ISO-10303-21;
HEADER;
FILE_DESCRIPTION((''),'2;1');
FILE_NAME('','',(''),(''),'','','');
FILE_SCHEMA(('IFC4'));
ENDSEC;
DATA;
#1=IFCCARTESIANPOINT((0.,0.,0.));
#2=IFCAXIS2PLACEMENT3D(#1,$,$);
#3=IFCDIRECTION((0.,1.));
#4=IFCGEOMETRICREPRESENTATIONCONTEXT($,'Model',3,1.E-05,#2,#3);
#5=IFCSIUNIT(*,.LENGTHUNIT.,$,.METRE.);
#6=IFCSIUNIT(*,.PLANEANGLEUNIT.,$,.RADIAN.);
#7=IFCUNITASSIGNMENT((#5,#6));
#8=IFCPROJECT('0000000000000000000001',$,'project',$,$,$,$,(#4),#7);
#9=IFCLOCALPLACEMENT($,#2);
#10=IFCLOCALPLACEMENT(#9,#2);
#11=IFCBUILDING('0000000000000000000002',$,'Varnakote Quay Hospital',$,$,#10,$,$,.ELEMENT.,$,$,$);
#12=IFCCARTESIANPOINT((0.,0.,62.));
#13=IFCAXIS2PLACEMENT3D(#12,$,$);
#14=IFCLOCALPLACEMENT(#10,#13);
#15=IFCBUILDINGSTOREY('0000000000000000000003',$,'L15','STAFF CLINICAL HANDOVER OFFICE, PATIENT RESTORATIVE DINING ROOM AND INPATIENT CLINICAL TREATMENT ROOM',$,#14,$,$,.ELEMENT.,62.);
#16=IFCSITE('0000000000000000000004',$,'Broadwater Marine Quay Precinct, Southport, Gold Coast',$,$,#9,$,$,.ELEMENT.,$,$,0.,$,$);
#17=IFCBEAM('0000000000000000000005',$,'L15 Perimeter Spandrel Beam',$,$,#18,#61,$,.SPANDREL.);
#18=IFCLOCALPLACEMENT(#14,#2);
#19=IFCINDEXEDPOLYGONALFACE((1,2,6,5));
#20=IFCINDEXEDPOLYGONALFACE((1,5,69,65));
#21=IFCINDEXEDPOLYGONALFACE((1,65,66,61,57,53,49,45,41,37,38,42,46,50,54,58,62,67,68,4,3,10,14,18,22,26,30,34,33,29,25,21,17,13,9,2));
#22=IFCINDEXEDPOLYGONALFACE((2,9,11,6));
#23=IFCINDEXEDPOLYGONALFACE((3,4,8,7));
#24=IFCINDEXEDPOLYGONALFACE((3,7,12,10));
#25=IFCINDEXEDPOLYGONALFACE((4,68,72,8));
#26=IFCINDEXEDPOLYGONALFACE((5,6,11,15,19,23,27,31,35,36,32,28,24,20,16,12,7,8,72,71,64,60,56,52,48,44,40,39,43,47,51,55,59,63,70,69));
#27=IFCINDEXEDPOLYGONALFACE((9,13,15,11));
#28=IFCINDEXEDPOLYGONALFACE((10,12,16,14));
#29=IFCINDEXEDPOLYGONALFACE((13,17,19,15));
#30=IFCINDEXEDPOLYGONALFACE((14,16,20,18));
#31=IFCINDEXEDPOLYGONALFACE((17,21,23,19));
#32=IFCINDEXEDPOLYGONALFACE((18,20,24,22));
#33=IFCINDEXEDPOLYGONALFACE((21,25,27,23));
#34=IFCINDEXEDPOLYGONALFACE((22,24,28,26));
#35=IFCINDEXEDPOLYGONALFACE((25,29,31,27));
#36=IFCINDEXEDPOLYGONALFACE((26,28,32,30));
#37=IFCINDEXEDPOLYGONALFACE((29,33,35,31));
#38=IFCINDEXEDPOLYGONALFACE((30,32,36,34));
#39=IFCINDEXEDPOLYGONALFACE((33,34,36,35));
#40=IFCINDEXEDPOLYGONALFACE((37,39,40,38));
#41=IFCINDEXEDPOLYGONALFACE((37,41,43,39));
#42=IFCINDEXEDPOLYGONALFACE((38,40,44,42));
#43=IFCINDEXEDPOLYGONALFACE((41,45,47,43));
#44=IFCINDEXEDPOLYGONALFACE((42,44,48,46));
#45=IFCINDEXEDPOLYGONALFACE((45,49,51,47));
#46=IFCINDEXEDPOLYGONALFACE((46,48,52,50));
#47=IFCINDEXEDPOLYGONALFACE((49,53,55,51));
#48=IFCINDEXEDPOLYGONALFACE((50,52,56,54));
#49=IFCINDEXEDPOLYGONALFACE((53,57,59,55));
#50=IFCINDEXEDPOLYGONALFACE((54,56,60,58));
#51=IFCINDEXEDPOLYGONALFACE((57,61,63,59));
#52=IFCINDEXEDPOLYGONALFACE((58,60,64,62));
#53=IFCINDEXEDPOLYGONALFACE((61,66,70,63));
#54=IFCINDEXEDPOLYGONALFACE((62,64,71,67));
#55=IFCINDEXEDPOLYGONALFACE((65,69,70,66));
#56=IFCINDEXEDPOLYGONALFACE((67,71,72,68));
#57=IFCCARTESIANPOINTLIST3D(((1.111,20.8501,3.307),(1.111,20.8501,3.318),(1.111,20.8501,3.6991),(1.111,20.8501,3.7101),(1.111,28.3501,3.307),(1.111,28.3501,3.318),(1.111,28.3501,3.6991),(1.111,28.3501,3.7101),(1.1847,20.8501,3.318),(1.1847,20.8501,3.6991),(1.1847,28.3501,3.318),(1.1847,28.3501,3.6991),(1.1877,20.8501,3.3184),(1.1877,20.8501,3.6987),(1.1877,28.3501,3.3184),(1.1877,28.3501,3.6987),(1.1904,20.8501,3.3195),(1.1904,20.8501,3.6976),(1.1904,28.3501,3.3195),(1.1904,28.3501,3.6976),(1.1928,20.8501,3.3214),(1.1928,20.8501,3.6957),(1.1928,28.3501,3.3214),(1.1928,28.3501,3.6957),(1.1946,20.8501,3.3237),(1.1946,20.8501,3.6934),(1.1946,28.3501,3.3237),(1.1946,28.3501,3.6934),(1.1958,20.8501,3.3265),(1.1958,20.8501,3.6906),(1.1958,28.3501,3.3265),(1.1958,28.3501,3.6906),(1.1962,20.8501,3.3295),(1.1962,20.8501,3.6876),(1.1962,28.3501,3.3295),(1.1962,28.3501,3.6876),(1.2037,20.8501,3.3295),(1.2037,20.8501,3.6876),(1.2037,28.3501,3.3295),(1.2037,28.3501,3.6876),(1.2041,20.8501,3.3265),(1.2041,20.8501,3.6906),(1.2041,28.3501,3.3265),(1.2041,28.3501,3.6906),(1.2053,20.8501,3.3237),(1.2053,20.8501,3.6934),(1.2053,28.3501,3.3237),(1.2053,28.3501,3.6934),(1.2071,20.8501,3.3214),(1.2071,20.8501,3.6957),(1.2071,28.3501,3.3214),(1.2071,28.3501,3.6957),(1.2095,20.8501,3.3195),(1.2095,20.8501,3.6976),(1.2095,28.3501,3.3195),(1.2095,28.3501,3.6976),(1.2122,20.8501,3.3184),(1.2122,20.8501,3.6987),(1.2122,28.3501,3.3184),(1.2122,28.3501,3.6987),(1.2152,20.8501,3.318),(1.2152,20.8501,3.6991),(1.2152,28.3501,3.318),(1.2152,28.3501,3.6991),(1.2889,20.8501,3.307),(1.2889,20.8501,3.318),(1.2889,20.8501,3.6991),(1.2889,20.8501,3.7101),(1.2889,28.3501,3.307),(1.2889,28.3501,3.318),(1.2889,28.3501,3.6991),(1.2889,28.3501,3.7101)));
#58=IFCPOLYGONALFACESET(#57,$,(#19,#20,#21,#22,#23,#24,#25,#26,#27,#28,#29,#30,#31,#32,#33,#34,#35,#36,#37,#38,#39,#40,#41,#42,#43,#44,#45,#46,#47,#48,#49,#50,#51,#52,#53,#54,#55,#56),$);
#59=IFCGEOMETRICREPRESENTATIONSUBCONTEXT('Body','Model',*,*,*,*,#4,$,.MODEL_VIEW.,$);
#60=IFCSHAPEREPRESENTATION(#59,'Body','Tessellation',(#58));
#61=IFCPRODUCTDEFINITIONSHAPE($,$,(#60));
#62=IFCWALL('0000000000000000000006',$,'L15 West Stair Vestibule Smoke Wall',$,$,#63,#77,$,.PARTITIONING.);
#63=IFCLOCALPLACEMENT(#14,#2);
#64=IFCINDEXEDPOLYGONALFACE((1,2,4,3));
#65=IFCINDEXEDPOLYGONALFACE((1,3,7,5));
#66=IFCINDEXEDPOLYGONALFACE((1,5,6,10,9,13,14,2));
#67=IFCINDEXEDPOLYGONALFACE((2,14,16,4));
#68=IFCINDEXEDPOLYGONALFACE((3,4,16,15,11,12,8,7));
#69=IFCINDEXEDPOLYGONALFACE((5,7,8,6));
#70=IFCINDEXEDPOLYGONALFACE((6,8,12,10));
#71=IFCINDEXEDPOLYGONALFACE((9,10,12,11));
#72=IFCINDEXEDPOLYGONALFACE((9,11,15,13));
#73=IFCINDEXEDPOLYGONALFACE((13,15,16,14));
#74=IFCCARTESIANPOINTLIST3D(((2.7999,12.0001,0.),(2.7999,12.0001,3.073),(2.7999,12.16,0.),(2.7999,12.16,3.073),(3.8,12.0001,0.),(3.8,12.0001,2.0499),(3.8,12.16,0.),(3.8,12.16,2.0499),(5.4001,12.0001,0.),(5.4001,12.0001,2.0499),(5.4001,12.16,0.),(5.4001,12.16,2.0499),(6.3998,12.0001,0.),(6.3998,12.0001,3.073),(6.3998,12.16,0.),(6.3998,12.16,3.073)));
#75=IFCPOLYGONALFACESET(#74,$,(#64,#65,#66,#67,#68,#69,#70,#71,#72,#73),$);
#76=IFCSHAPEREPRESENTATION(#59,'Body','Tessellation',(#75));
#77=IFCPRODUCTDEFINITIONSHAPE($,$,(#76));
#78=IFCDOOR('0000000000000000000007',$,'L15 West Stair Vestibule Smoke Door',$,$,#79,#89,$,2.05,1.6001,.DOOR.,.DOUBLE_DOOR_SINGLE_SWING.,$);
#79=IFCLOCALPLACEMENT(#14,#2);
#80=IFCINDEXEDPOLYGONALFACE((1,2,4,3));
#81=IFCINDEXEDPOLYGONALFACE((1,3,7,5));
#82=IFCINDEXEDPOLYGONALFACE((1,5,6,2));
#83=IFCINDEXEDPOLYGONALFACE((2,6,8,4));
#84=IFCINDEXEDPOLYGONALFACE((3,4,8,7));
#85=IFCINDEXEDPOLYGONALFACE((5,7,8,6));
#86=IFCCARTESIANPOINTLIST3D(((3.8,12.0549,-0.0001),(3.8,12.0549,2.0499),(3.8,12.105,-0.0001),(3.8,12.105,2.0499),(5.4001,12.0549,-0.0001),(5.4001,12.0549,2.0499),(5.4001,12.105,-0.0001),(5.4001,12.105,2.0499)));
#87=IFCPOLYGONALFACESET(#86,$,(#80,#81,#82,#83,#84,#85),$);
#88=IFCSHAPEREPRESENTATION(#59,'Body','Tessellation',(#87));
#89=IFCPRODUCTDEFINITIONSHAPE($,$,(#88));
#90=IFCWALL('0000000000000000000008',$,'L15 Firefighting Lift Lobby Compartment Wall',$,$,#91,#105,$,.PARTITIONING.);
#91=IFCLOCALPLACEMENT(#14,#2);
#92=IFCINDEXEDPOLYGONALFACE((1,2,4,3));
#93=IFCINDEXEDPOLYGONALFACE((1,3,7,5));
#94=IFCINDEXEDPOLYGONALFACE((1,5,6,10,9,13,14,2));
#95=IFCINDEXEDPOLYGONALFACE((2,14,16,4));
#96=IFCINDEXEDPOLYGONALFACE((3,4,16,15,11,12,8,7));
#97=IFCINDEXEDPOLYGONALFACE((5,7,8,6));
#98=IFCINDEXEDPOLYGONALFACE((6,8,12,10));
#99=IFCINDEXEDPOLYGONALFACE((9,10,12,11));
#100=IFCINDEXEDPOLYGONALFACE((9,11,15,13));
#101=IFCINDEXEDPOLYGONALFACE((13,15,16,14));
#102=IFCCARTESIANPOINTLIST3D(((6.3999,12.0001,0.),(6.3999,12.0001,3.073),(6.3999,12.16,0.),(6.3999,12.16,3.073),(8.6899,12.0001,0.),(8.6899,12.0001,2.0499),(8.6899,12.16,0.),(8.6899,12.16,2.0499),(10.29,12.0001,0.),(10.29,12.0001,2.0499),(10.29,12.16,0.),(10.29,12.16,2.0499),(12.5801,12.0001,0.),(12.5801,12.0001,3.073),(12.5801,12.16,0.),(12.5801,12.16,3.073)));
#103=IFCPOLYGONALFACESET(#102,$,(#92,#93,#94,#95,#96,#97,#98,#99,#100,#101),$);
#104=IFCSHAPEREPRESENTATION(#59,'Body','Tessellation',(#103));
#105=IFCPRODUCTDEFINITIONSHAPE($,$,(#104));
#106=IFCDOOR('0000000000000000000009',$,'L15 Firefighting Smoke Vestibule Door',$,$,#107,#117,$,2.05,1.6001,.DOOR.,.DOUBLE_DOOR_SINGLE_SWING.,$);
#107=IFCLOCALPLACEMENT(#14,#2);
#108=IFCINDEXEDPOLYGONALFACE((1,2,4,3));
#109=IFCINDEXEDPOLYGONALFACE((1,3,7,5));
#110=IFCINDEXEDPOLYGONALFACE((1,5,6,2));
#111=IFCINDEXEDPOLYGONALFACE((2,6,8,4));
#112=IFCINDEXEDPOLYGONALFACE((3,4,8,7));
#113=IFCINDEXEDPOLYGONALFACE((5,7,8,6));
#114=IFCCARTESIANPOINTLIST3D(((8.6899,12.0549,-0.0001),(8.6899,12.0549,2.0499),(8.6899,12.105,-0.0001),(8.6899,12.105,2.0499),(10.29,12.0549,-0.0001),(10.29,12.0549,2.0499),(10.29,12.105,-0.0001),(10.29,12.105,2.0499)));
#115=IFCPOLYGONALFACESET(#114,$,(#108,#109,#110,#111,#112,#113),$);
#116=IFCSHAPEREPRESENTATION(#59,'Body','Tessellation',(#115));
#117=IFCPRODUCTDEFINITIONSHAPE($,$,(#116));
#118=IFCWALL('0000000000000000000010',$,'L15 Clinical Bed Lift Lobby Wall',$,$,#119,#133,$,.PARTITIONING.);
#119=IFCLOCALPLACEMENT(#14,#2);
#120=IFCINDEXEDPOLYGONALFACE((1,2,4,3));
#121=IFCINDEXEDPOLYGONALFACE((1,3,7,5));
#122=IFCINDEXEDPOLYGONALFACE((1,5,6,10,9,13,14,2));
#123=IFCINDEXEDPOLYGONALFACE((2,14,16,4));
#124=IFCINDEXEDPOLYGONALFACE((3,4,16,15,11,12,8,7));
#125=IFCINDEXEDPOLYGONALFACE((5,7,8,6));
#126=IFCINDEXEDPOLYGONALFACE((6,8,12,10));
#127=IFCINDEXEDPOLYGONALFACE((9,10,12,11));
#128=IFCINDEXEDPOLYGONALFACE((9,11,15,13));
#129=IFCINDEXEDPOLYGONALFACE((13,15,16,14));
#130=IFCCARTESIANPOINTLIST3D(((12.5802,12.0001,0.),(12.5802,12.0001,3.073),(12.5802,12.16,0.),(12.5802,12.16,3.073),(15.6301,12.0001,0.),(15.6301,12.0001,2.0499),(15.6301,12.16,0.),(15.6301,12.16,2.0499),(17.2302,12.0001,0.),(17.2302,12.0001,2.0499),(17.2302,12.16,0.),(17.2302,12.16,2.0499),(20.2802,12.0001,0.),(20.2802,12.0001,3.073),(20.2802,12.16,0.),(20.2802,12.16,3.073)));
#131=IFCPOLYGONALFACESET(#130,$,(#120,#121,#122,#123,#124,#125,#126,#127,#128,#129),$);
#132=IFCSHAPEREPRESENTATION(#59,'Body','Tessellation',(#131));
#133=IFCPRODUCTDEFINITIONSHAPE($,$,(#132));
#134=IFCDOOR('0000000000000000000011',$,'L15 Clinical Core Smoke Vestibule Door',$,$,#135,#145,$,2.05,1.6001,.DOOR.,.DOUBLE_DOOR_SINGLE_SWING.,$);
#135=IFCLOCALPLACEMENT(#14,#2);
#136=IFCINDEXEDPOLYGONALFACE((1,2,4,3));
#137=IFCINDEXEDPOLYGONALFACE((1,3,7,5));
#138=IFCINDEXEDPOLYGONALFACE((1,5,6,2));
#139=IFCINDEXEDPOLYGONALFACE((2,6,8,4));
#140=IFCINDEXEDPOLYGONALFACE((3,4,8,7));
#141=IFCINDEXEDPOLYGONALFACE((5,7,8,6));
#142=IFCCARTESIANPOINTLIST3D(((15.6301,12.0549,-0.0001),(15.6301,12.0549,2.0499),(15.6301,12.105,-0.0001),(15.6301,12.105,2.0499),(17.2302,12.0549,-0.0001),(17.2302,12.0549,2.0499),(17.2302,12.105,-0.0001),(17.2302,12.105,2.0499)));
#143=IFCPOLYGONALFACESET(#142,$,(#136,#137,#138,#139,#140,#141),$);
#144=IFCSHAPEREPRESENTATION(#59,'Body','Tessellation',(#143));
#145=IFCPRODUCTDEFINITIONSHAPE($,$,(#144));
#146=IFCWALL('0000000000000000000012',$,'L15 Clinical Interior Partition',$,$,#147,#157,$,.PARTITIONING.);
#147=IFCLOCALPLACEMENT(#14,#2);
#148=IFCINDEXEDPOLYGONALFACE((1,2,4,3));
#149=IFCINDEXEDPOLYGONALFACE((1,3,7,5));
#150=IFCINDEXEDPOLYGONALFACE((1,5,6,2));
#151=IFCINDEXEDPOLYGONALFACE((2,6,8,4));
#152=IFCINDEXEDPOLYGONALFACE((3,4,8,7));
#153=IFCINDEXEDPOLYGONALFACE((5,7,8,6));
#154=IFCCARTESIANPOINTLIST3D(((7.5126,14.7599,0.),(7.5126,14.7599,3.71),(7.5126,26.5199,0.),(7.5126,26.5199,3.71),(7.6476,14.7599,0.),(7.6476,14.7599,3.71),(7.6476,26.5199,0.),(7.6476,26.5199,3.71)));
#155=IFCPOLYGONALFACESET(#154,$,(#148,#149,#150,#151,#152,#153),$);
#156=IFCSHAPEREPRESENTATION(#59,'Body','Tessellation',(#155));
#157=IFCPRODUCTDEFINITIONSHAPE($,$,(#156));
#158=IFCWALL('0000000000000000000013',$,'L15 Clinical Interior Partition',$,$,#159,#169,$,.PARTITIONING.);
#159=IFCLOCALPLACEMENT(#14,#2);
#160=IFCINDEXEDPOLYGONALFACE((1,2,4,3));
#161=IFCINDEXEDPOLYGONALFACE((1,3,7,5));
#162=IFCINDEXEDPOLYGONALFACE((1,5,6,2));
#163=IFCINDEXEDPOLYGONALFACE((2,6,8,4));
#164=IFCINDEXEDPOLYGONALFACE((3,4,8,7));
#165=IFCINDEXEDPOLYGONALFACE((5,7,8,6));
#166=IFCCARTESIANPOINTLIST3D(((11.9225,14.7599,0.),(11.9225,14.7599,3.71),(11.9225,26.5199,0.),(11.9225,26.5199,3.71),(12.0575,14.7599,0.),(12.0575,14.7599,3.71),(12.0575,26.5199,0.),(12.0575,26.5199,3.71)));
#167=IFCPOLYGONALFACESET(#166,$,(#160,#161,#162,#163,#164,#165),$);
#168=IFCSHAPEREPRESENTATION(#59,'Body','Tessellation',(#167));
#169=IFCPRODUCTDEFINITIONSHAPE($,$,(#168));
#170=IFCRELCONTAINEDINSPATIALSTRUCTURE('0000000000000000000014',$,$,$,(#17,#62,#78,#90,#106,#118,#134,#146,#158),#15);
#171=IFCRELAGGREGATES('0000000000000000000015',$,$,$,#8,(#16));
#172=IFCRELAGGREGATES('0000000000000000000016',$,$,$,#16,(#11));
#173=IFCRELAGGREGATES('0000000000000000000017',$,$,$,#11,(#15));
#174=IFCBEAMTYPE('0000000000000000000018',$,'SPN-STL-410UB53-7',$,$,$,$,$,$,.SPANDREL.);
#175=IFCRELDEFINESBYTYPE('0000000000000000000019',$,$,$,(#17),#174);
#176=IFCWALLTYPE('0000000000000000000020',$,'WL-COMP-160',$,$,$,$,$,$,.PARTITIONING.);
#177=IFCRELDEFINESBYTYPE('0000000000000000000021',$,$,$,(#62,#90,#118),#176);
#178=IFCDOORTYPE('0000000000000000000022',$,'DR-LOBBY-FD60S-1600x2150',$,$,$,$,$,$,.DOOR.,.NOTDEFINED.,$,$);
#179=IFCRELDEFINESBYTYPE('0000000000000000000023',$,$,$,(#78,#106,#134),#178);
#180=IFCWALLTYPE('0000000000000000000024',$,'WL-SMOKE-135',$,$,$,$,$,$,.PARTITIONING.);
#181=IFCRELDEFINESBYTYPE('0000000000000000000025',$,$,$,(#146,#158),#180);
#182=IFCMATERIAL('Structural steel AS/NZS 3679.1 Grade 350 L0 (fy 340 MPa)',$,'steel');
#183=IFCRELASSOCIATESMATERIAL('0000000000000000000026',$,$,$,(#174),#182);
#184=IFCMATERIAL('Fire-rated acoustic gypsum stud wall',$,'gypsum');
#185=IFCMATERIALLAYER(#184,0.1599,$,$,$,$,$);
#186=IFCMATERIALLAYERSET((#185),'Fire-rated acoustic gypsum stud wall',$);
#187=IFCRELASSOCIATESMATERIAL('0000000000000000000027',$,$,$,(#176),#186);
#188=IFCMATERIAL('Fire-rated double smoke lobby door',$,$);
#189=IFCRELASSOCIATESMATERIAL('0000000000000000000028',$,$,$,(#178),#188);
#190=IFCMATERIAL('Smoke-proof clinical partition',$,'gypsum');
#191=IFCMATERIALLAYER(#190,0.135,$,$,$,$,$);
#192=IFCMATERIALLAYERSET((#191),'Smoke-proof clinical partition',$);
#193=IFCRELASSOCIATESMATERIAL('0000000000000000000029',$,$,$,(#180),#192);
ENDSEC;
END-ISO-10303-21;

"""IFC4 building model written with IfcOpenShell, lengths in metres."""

from ifc_helpers import new_model, si_unit, direction, frame, frame_2d, origin, origin_2d, place, context, subcontext, project, spatial, rectangle, i_section, extrude, material, layer, layer_set, material_profile, profile_set, type_object, element, fill, save


model = new_model("IFC4")

# Units and contexts
model_context = context("Model", 3, precision=1e-05, world=origin(), true_north=direction((0.0, 1.0)))
body_context = subcontext(model_context, "Body", "Model", "MODEL_VIEW")
ifc_project = project(units=[si_unit("LENGTHUNIT", "METRE"), si_unit("PLANEANGLEUNIT", "RADIAN")], contexts=[model_context])

# Site, building, storey
site_placement = place(None, origin())
site = spatial("IfcSite", under=ifc_project, at=site_placement, Name="Broadwater Marine Quay Precinct, Southport, Gold Coast", CompositionType="ELEMENT", RefElevation=0.0)
building_placement = place(site_placement, origin())
building = spatial("IfcBuilding", under=site, at=building_placement, Name="Varnakote Quay Hospital", CompositionType="ELEMENT")
storey_placement = place(building_placement, frame((0.0, 0.0, 62.0)))
storey = spatial("IfcBuildingStorey", under=building, at=storey_placement, Name="L15", Description="STAFF CLINICAL HANDOVER OFFICE, PATIENT RESTORATIVE DINING ROOM AND INPATIENT CLINICAL TREATMENT ROOM", CompositionType="ELEMENT", Elevation=62.0)

# Beam
ifc_material_1 = material(Name="Structural steel AS/NZS 3679.1 Grade 350 L0 (fy 340 MPa)", Category="steel")
ifc_material_profile_1 = material_profile(ifc_material_1, i_section(OverallWidth=0.178, OverallDepth=0.4031, WebThickness=0.0076, FlangeThickness=0.011, FilletRadius=0.0115, at=origin_2d()), Name="410UB53.7")
ifc_profile_set_1 = profile_set([ifc_material_profile_1], Name="Structural steel AS/NZS 3679.1 Grade 350 L0 (fy 340 MPa)")
beam_type_1 = type_object("IfcBeamType", Name="SPN-STL-410UB53-7", PredefinedType="SPANDREL", material=ifc_profile_set_1)
beam_1_placement = place(storey_placement, frame((1.2, 20.8501, 3.5085), z_axis=(0.0, 1.0, 0.0), x_axis=(-1.0, 0.0, 0.0)))
element("IfcBeam", 1, at=beam_1_placement, inside=storey, type_object=beam_type_1, Name="L15 Perimeter Spandrel Beam", PredefinedType="SPANDREL", context=body_context, shape_type="SweptSolid", body=[
    extrude(i_section(OverallWidth=0.178, OverallDepth=0.4031, WebThickness=0.0076, FlangeThickness=0.011, FilletRadius=0.0115, at=origin_2d()), origin(), (0.0, 0.0, 1.0), 7.5),
])

# Walls, openings, doors
ifc_material_2 = material(Name="Fire-rated acoustic gypsum stud wall", Category="gypsum")
ifc_layer_1 = layer(ifc_material_2, 0.1599)
ifc_layer_set_1 = layer_set([ifc_layer_1], Name="Fire-rated acoustic gypsum stud wall")
wall_type_1 = type_object("IfcWallType", Name="WL-COMP-160", PredefinedType="PARTITIONING", material=ifc_layer_set_1)
wall_1_placement = place(storey_placement, frame((2.8, 12.0801, 0.0), z_axis=(0.0, 0.0, 1.0), x_axis=(1.0, 0.0, 0.0)))
wall_1 = element("IfcWall", 2, at=wall_1_placement, inside=storey, type_object=wall_type_1, Name="L15 West Stair Vestibule Smoke Wall", PredefinedType="PARTITIONING", context=body_context, shape_type="SweptSolid", body=[
    extrude(rectangle(XDim=3.5999, YDim=0.1599, at=frame_2d((1.7998, 0.0))), origin(), (0.0, 0.0, 1.0), 3.073),
])
opening_1_placement = place(wall_1_placement, frame((1.0, 0.0, 0.0)))
opening_1 = element("IfcOpeningElement", 3, at=opening_1_placement, cuts=wall_1, PredefinedType="OPENING", context=body_context, shape_type="SweptSolid", body=[
    extrude(rectangle(XDim=1.6001, YDim=2.05, at=frame_2d((0.8, 1.0249))), frame((0.0, 0.0898, 0.0), z_axis=(0.0, -1.0, 0.0), x_axis=(1.0, 0.0, 0.0)), (0.0, 0.0, 1.0), 0.1799),
])
ifc_material_3 = material(Name="Fire-rated double smoke lobby door")
door_type_1 = type_object("IfcDoorType", Name="DR-LOBBY-FD60S-1600x2150", OperationType="NOTDEFINED", PredefinedType="DOOR", material=ifc_material_3)
door_1_placement = place(opening_1_placement, origin())
door_1 = element("IfcDoor", 4, at=door_1_placement, inside=storey, type_object=door_type_1, Name="L15 West Stair Vestibule Smoke Door", OperationType="DOUBLE_DOOR_SINGLE_SWING", OverallHeight=2.05, OverallWidth=1.6001, PredefinedType="DOOR", context=body_context, shape_type="SweptSolid", body=[
    extrude(rectangle(XDim=1.6001, YDim=2.05, at=frame_2d((0.8, 1.0249))), frame((0.0, 0.0249, 0.0), z_axis=(0.0, -1.0, 0.0), x_axis=(1.0, 0.0, 0.0)), (0.0, 0.0, 1.0), 0.05),
])
fill(opening_1, door_1)
wall_2_placement = place(storey_placement, frame((6.3999, 12.0801, 0.0), z_axis=(0.0, 0.0, 1.0), x_axis=(1.0, 0.0, 0.0)))
wall_2 = element("IfcWall", 5, at=wall_2_placement, inside=storey, type_object=wall_type_1, Name="L15 Firefighting Lift Lobby Compartment Wall", PredefinedType="PARTITIONING", context=body_context, shape_type="SweptSolid", body=[
    extrude(rectangle(XDim=6.1802, YDim=0.1599, at=frame_2d((3.0901, 0.0))), origin(), (0.0, 0.0, 1.0), 3.073),
])
opening_2_placement = place(wall_2_placement, frame((2.29, 0.0, 0.0)))
opening_2 = element("IfcOpeningElement", 6, at=opening_2_placement, cuts=wall_2, PredefinedType="OPENING", context=body_context, shape_type="SweptSolid", body=[
    extrude(rectangle(XDim=1.6001, YDim=2.05, at=frame_2d((0.8, 1.0249))), frame((0.0, 0.0898, 0.0), z_axis=(0.0, -1.0, 0.0), x_axis=(1.0, 0.0, 0.0)), (0.0, 0.0, 1.0), 0.1799),
])
door_2_placement = place(opening_2_placement, origin())
door_2 = element("IfcDoor", 7, at=door_2_placement, inside=storey, type_object=door_type_1, Name="L15 Firefighting Smoke Vestibule Door", OperationType="DOUBLE_DOOR_SINGLE_SWING", OverallHeight=2.05, OverallWidth=1.6001, PredefinedType="DOOR", context=body_context, shape_type="SweptSolid", body=[
    extrude(rectangle(XDim=1.6001, YDim=2.05, at=frame_2d((0.8, 1.0249))), frame((0.0, 0.0249, 0.0), z_axis=(0.0, -1.0, 0.0), x_axis=(1.0, 0.0, 0.0)), (0.0, 0.0, 1.0), 0.05),
])
fill(opening_2, door_2)
wall_3_placement = place(storey_placement, frame((12.5801, 12.0801, 0.0), z_axis=(0.0, 0.0, 1.0), x_axis=(1.0, 0.0, 0.0)))
wall_3 = element("IfcWall", 8, at=wall_3_placement, inside=storey, type_object=wall_type_1, Name="L15 Clinical Bed Lift Lobby Wall", PredefinedType="PARTITIONING", context=body_context, shape_type="SweptSolid", body=[
    extrude(rectangle(XDim=7.7, YDim=0.1599, at=frame_2d((3.8501, 0.0))), origin(), (0.0, 0.0, 1.0), 3.073),
])
opening_3_placement = place(wall_3_placement, frame((3.05, 0.0, 0.0)))
opening_3 = element("IfcOpeningElement", 9, at=opening_3_placement, cuts=wall_3, PredefinedType="OPENING", context=body_context, shape_type="SweptSolid", body=[
    extrude(rectangle(XDim=1.6001, YDim=2.05, at=frame_2d((0.8, 1.0249))), frame((0.0, 0.0898, 0.0), z_axis=(0.0, -1.0, 0.0), x_axis=(1.0, 0.0, 0.0)), (0.0, 0.0, 1.0), 0.1799),
])
door_3_placement = place(opening_3_placement, origin())
door_3 = element("IfcDoor", 10, at=door_3_placement, inside=storey, type_object=door_type_1, Name="L15 Clinical Core Smoke Vestibule Door", OperationType="DOUBLE_DOOR_SINGLE_SWING", OverallHeight=2.05, OverallWidth=1.6001, PredefinedType="DOOR", context=body_context, shape_type="SweptSolid", body=[
    extrude(rectangle(XDim=1.6001, YDim=2.05, at=frame_2d((0.8, 1.0249))), frame((0.0, 0.0249, 0.0), z_axis=(0.0, -1.0, 0.0), x_axis=(1.0, 0.0, 0.0)), (0.0, 0.0, 1.0), 0.05),
])
fill(opening_3, door_3)

# Walls
ifc_material_4 = material(Name="Smoke-proof clinical partition", Category="gypsum")
ifc_layer_2 = layer(ifc_material_4, 0.135)
ifc_layer_set_2 = layer_set([ifc_layer_2], Name="Smoke-proof clinical partition")
wall_type_2 = type_object("IfcWallType", Name="WL-SMOKE-135", PredefinedType="PARTITIONING", material=ifc_layer_set_2)
for number, where, z_axis, x_axis, name in (
    (11, (7.5801, 14.76, 0.0), (0.0, 0.0, 1.0), (0.0, 1.0, 0.0), "L15 Clinical Interior Partition"),
    (12, (11.99, 14.76, 0.0), (0.0, 0.0, 1.0), (0.0, 1.0, 0.0), "L15 Clinical Interior Partition"),
):
    element("IfcWall", number, at=place(storey_placement, frame(where, z_axis=z_axis, x_axis=x_axis)), inside=storey, type_object=wall_type_2, Name=name, PredefinedType="PARTITIONING", context=body_context, shape_type="SweptSolid", body=[
        extrude(rectangle(XDim=11.76, YDim=0.135, at=frame_2d((5.8799, 0.0))), origin(), (0.0, 0.0, 1.0), 3.71),
    ])

save(model, "model.ifc")
